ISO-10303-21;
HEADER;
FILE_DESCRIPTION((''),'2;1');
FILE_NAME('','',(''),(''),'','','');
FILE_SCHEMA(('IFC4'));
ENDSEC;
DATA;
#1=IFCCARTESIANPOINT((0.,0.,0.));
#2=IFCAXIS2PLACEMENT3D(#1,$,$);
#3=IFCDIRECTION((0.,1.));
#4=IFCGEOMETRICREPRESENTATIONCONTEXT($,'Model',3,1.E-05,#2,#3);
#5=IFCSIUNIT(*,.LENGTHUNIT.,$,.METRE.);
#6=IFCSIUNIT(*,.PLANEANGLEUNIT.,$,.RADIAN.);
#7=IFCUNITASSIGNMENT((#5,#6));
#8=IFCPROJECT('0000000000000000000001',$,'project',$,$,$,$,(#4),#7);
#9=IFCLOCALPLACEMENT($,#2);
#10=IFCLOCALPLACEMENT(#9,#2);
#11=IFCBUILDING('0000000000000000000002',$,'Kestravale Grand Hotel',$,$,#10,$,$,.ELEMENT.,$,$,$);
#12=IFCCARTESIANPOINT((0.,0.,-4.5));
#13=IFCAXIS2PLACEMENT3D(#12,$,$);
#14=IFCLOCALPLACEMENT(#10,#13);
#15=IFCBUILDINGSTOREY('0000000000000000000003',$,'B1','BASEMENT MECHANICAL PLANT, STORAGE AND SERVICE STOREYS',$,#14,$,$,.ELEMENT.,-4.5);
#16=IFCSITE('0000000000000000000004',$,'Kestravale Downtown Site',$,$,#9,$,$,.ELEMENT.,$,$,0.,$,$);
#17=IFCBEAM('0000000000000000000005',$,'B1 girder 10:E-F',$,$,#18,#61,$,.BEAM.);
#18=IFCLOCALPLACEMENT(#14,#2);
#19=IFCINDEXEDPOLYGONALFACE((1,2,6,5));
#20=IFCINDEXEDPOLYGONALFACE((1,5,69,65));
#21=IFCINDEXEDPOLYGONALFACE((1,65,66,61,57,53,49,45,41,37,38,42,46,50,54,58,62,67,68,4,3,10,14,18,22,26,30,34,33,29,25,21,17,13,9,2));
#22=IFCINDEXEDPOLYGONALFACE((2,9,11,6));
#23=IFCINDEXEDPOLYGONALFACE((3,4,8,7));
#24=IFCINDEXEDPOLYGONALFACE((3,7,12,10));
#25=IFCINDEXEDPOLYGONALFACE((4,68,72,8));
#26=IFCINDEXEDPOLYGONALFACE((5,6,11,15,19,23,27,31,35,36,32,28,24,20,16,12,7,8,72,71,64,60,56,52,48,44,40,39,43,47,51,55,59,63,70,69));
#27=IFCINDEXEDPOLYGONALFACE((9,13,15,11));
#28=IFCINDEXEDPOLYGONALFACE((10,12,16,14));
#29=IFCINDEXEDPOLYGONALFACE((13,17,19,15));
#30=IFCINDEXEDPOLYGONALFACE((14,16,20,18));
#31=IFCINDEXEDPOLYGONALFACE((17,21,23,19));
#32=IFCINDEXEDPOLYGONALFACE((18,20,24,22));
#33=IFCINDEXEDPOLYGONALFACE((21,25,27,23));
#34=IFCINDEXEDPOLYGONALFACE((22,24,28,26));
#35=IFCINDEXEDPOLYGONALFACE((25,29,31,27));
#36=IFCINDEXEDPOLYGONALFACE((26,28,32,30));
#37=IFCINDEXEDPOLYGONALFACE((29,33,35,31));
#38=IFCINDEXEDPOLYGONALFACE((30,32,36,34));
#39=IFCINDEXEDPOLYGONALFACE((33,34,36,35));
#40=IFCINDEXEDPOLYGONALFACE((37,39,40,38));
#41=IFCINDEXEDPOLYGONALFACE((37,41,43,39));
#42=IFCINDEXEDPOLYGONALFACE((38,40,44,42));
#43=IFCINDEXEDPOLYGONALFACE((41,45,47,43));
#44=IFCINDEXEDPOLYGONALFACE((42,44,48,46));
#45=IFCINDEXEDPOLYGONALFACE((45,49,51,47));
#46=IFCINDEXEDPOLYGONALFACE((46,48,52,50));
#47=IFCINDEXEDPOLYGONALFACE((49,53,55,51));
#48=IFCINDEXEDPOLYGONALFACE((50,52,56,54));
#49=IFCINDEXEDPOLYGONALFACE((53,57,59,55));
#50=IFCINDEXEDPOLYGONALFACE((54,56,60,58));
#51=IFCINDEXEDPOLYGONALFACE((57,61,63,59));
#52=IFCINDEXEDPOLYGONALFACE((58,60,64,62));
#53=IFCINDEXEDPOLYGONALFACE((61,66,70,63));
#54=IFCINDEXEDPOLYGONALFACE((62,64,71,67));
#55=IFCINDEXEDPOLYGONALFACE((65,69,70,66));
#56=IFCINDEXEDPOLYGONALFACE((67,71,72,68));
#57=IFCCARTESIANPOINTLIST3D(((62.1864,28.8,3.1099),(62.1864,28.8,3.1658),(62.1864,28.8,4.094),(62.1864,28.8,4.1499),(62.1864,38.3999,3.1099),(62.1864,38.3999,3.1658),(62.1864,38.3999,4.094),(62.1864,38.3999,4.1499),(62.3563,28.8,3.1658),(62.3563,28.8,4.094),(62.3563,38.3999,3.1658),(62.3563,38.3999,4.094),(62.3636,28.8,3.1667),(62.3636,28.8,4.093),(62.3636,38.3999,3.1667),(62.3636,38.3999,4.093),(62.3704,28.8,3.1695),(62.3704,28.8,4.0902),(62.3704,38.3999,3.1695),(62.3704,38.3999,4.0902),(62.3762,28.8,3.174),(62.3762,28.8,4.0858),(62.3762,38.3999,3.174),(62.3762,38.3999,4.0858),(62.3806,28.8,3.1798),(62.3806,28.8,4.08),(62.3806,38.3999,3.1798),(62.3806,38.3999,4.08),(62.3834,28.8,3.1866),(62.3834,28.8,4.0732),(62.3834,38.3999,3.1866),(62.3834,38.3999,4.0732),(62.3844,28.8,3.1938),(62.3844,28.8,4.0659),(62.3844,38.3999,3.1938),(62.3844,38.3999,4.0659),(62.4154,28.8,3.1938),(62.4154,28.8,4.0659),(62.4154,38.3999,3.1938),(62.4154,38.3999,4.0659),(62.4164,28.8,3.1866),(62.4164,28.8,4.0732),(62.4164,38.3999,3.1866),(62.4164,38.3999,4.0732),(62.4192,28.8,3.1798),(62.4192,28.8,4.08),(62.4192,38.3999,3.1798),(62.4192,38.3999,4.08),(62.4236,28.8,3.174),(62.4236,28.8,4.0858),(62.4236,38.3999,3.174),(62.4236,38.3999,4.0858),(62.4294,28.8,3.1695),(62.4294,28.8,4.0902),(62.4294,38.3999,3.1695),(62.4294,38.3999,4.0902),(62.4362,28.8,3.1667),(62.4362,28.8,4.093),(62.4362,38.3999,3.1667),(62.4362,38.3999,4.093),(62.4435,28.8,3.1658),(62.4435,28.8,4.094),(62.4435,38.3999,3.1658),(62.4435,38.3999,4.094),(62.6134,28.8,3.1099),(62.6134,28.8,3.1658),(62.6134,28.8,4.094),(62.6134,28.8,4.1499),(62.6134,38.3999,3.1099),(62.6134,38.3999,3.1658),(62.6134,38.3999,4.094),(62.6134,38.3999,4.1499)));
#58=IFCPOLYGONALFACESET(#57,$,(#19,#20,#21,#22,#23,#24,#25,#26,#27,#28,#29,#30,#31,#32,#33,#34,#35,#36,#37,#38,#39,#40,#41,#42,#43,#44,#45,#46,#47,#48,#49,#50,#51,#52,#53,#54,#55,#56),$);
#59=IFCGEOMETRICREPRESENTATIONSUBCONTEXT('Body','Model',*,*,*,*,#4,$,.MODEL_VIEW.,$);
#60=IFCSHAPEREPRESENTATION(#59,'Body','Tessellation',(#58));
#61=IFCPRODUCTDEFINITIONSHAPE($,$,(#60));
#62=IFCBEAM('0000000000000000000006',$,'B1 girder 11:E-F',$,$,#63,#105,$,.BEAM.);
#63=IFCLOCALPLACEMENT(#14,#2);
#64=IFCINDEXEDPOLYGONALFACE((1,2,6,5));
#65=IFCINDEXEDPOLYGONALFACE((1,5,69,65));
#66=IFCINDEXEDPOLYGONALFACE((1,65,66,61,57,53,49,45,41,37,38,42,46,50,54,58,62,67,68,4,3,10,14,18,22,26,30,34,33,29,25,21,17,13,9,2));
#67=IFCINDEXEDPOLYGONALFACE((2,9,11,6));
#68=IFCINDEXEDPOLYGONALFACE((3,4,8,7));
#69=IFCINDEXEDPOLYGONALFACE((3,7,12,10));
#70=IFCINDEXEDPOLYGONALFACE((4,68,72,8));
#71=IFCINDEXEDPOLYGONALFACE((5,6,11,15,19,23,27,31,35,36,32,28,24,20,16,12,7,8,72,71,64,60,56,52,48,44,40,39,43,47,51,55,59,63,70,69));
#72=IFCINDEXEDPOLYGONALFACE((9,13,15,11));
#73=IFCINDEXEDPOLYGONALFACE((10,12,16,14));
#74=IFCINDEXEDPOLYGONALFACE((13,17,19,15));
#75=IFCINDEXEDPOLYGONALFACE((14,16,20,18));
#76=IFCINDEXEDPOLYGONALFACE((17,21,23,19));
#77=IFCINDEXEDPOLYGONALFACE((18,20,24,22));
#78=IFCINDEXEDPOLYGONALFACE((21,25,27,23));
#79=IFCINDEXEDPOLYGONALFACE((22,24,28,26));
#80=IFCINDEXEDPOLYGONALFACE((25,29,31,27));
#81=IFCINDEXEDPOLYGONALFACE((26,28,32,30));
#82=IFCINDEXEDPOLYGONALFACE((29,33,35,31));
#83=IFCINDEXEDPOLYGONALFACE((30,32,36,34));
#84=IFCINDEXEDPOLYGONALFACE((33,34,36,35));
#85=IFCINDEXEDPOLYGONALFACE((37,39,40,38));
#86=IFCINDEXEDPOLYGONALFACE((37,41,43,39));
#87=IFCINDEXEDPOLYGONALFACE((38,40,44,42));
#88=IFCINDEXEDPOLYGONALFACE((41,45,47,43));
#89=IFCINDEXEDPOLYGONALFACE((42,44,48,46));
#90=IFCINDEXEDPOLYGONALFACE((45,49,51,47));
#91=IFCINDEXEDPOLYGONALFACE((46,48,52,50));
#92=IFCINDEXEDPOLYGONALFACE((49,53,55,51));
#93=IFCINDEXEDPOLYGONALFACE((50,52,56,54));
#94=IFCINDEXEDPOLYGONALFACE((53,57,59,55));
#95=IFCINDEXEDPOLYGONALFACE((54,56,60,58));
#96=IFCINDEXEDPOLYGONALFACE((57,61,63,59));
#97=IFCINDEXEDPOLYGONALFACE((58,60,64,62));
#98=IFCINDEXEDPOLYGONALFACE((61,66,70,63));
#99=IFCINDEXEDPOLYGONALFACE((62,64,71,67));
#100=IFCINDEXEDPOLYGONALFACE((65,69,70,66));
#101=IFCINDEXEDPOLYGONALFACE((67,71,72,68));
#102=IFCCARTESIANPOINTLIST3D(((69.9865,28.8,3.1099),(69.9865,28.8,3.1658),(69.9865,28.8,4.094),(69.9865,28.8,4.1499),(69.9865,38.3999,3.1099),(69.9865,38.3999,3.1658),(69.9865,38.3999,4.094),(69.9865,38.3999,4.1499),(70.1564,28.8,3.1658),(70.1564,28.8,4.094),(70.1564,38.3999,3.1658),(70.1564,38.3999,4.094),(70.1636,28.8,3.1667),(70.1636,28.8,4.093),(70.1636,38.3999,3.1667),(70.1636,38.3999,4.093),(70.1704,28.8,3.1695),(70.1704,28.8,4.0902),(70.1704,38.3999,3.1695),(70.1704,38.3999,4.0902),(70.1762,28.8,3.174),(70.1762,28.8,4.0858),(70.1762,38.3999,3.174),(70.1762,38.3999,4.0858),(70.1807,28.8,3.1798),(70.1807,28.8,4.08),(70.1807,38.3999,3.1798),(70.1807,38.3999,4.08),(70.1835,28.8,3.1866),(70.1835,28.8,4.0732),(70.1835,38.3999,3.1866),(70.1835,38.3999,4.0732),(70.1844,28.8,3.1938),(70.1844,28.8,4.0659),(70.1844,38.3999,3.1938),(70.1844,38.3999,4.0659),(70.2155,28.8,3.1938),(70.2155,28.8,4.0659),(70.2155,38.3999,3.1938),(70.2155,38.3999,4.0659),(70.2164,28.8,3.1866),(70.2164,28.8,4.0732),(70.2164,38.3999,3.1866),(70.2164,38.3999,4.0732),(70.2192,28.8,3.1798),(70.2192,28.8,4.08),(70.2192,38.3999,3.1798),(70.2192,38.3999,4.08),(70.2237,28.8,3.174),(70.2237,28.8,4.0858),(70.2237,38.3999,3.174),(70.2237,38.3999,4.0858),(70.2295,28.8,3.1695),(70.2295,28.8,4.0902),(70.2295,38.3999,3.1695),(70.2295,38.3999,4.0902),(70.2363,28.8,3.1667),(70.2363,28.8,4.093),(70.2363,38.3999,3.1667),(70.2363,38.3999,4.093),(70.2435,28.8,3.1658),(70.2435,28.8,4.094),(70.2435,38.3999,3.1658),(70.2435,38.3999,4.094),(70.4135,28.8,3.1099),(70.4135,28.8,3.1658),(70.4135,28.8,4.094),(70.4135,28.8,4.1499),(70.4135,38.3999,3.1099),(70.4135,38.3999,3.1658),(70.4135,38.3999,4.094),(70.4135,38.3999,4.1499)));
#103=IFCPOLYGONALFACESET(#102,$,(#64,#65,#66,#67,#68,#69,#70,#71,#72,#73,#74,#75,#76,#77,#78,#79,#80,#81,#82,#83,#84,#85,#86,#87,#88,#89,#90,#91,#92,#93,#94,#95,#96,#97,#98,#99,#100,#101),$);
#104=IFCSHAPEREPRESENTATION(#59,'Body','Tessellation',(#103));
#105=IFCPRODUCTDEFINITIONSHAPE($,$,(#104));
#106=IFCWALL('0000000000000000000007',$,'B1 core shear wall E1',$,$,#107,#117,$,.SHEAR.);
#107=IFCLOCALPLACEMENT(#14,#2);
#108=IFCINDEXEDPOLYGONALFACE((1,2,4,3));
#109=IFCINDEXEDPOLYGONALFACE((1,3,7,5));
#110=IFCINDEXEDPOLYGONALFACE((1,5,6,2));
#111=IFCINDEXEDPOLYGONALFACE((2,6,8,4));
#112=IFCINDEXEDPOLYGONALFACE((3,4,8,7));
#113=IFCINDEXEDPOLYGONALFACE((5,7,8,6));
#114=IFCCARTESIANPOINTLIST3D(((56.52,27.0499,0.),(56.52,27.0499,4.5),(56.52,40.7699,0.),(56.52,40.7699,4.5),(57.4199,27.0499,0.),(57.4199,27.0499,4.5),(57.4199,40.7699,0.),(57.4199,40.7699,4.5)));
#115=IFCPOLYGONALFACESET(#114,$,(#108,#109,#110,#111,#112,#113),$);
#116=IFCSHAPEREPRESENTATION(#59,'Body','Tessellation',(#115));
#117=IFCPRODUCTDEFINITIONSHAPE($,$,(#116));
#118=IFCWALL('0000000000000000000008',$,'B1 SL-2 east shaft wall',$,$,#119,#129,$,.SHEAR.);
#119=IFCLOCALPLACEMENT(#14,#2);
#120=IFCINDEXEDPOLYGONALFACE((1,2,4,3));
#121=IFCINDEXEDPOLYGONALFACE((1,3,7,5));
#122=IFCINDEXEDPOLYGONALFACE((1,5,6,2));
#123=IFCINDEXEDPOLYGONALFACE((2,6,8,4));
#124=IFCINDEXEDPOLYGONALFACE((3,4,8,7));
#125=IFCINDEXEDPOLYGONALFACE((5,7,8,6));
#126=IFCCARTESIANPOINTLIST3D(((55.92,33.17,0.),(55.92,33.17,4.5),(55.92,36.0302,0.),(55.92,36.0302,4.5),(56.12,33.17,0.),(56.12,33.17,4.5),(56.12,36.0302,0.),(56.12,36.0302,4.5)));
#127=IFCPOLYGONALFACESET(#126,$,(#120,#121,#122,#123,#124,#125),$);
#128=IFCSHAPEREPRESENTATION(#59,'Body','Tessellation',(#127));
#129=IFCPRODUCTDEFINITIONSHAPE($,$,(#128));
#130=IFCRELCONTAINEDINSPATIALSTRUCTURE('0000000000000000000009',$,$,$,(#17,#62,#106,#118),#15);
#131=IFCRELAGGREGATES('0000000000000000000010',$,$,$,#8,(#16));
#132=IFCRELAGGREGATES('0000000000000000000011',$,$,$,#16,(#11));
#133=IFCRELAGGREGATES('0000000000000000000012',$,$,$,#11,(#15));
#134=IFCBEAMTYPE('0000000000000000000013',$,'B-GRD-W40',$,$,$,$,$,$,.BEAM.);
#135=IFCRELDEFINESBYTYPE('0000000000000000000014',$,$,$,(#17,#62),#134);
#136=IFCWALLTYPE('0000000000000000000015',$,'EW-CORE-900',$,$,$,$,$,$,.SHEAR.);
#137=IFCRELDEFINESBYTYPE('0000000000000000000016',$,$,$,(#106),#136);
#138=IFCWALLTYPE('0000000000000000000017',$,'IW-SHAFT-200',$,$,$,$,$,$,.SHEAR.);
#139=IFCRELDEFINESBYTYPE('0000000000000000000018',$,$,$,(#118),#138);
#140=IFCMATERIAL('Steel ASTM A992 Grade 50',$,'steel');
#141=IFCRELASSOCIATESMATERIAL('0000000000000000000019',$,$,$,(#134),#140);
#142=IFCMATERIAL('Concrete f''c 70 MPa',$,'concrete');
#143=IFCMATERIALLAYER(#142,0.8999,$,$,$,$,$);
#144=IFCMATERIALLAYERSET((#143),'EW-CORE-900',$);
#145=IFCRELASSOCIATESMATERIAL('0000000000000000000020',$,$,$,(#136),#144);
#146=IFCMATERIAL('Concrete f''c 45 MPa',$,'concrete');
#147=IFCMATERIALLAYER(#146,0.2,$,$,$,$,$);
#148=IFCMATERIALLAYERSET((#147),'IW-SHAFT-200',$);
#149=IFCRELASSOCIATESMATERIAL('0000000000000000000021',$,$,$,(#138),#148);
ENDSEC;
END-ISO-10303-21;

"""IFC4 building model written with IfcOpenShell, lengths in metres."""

from ifc_helpers import new_model, si_unit, direction, frame, frame_2d, origin, origin_2d, place, context, subcontext, project, spatial, rectangle, i_section, extrude, material, layer, layer_set, material_profile, profile_set, type_object, element, save


model = new_model("IFC4")

# Units and contexts
model_context = context("Model", 3, precision=1e-05, world=origin(), true_north=direction((0.0, 1.0)))
body_context = subcontext(model_context, "Body", "Model", "MODEL_VIEW")
ifc_project = project(units=[si_unit("LENGTHUNIT", "METRE"), si_unit("PLANEANGLEUNIT", "RADIAN")], contexts=[model_context])

# Site, building, storey
site_placement = place(None, origin())
site = spatial("IfcSite", under=ifc_project, at=site_placement, Name="Kestravale Downtown Site", CompositionType="ELEMENT", RefElevation=0.0)
building_placement = place(site_placement, origin())
building = spatial("IfcBuilding", under=site, at=building_placement, Name="Kestravale Grand Hotel", CompositionType="ELEMENT")
storey_placement = place(building_placement, frame((0.0, 0.0, -4.5)))
storey = spatial("IfcBuildingStorey", under=building, at=storey_placement, Name="B1", Description="BASEMENT MECHANICAL PLANT, STORAGE AND SERVICE STOREYS", CompositionType="ELEMENT", Elevation=-4.5)

# Beams
ifc_material_1 = material(Name="Steel ASTM A992 Grade 50", Category="steel")
ifc_material_profile_1 = material_profile(ifc_material_1, i_section(OverallWidth=0.427, OverallDepth=1.04, WebThickness=0.031, FlangeThickness=0.0559, FilletRadius=0.0281, at=origin_2d()))
ifc_profile_set_1 = profile_set([ifc_material_profile_1], Name="Steel ASTM A992 Grade 50")
beam_type_1 = type_object("IfcBeamType", Name="B-GRD-W40", PredefinedType="BEAM", material=ifc_profile_set_1)
for number, where, z_axis, x_axis, name in (
    (1, (62.3999, 28.8, 3.6299), (0.0, 1.0, 0.0), (-1.0, 0.0, 0.0), "B1 girder 10:E-F"),
    (2, (70.2, 28.8, 3.6299), (0.0, 1.0, 0.0), (-1.0, 0.0, 0.0), "B1 girder 11:E-F"),
):
    element("IfcBeam", number, at=place(storey_placement, frame(where, z_axis=z_axis, x_axis=x_axis)), inside=storey, type_object=beam_type_1, Name=name, PredefinedType="BEAM", context=body_context, shape_type="SweptSolid", body=[
        extrude(i_section(OverallWidth=0.427, OverallDepth=1.04, WebThickness=0.031, FlangeThickness=0.0559, FilletRadius=0.0281, at=origin_2d()), origin(), (0.0, 0.0, 1.0), 9.5999),
    ])

# Walls
ifc_material_2 = material(Name="Concrete f'c 70 MPa", Category="concrete")
ifc_layer_1 = layer(ifc_material_2, 0.8999)
ifc_layer_set_1 = layer_set([ifc_layer_1], Name="EW-CORE-900")
wall_type_1 = type_object("IfcWallType", Name="EW-CORE-900", PredefinedType="SHEAR", material=ifc_layer_set_1)
wall_1_placement = place(storey_placement, frame((56.97, 27.05, 0.0), z_axis=(0.0, 0.0, 1.0), x_axis=(0.0, 1.0, 0.0)))
element("IfcWall", 3, at=wall_1_placement, inside=storey, type_object=wall_type_1, Name="B1 core shear wall E1", PredefinedType="SHEAR", context=body_context, shape_type="SweptSolid", body=[
    extrude(rectangle(XDim=13.72, YDim=0.8999, at=frame_2d((6.8599, 0.0))), origin(), (0.0, 0.0, 1.0), 4.5),
])
ifc_material_3 = material(Name="Concrete f'c 45 MPa", Category="concrete")
ifc_layer_2 = layer(ifc_material_3, 0.2)
ifc_layer_set_2 = layer_set([ifc_layer_2], Name="IW-SHAFT-200")
wall_type_2 = type_object("IfcWallType", Name="IW-SHAFT-200", PredefinedType="SHEAR", material=ifc_layer_set_2)
wall_2_placement = place(storey_placement, frame((56.02, 33.1699, 0.0), z_axis=(0.0, 0.0, 1.0), x_axis=(0.0, 1.0, 0.0)))
element("IfcWall", 4, at=wall_2_placement, inside=storey, type_object=wall_type_2, Name="B1 SL-2 east shaft wall", PredefinedType="SHEAR", context=body_context, shape_type="SweptSolid", body=[
    extrude(rectangle(XDim=2.8601, YDim=0.2, at=frame_2d((1.4302, 0.0))), origin(), (0.0, 0.0, 1.0), 4.5),
])

save(model, "model.ifc")
